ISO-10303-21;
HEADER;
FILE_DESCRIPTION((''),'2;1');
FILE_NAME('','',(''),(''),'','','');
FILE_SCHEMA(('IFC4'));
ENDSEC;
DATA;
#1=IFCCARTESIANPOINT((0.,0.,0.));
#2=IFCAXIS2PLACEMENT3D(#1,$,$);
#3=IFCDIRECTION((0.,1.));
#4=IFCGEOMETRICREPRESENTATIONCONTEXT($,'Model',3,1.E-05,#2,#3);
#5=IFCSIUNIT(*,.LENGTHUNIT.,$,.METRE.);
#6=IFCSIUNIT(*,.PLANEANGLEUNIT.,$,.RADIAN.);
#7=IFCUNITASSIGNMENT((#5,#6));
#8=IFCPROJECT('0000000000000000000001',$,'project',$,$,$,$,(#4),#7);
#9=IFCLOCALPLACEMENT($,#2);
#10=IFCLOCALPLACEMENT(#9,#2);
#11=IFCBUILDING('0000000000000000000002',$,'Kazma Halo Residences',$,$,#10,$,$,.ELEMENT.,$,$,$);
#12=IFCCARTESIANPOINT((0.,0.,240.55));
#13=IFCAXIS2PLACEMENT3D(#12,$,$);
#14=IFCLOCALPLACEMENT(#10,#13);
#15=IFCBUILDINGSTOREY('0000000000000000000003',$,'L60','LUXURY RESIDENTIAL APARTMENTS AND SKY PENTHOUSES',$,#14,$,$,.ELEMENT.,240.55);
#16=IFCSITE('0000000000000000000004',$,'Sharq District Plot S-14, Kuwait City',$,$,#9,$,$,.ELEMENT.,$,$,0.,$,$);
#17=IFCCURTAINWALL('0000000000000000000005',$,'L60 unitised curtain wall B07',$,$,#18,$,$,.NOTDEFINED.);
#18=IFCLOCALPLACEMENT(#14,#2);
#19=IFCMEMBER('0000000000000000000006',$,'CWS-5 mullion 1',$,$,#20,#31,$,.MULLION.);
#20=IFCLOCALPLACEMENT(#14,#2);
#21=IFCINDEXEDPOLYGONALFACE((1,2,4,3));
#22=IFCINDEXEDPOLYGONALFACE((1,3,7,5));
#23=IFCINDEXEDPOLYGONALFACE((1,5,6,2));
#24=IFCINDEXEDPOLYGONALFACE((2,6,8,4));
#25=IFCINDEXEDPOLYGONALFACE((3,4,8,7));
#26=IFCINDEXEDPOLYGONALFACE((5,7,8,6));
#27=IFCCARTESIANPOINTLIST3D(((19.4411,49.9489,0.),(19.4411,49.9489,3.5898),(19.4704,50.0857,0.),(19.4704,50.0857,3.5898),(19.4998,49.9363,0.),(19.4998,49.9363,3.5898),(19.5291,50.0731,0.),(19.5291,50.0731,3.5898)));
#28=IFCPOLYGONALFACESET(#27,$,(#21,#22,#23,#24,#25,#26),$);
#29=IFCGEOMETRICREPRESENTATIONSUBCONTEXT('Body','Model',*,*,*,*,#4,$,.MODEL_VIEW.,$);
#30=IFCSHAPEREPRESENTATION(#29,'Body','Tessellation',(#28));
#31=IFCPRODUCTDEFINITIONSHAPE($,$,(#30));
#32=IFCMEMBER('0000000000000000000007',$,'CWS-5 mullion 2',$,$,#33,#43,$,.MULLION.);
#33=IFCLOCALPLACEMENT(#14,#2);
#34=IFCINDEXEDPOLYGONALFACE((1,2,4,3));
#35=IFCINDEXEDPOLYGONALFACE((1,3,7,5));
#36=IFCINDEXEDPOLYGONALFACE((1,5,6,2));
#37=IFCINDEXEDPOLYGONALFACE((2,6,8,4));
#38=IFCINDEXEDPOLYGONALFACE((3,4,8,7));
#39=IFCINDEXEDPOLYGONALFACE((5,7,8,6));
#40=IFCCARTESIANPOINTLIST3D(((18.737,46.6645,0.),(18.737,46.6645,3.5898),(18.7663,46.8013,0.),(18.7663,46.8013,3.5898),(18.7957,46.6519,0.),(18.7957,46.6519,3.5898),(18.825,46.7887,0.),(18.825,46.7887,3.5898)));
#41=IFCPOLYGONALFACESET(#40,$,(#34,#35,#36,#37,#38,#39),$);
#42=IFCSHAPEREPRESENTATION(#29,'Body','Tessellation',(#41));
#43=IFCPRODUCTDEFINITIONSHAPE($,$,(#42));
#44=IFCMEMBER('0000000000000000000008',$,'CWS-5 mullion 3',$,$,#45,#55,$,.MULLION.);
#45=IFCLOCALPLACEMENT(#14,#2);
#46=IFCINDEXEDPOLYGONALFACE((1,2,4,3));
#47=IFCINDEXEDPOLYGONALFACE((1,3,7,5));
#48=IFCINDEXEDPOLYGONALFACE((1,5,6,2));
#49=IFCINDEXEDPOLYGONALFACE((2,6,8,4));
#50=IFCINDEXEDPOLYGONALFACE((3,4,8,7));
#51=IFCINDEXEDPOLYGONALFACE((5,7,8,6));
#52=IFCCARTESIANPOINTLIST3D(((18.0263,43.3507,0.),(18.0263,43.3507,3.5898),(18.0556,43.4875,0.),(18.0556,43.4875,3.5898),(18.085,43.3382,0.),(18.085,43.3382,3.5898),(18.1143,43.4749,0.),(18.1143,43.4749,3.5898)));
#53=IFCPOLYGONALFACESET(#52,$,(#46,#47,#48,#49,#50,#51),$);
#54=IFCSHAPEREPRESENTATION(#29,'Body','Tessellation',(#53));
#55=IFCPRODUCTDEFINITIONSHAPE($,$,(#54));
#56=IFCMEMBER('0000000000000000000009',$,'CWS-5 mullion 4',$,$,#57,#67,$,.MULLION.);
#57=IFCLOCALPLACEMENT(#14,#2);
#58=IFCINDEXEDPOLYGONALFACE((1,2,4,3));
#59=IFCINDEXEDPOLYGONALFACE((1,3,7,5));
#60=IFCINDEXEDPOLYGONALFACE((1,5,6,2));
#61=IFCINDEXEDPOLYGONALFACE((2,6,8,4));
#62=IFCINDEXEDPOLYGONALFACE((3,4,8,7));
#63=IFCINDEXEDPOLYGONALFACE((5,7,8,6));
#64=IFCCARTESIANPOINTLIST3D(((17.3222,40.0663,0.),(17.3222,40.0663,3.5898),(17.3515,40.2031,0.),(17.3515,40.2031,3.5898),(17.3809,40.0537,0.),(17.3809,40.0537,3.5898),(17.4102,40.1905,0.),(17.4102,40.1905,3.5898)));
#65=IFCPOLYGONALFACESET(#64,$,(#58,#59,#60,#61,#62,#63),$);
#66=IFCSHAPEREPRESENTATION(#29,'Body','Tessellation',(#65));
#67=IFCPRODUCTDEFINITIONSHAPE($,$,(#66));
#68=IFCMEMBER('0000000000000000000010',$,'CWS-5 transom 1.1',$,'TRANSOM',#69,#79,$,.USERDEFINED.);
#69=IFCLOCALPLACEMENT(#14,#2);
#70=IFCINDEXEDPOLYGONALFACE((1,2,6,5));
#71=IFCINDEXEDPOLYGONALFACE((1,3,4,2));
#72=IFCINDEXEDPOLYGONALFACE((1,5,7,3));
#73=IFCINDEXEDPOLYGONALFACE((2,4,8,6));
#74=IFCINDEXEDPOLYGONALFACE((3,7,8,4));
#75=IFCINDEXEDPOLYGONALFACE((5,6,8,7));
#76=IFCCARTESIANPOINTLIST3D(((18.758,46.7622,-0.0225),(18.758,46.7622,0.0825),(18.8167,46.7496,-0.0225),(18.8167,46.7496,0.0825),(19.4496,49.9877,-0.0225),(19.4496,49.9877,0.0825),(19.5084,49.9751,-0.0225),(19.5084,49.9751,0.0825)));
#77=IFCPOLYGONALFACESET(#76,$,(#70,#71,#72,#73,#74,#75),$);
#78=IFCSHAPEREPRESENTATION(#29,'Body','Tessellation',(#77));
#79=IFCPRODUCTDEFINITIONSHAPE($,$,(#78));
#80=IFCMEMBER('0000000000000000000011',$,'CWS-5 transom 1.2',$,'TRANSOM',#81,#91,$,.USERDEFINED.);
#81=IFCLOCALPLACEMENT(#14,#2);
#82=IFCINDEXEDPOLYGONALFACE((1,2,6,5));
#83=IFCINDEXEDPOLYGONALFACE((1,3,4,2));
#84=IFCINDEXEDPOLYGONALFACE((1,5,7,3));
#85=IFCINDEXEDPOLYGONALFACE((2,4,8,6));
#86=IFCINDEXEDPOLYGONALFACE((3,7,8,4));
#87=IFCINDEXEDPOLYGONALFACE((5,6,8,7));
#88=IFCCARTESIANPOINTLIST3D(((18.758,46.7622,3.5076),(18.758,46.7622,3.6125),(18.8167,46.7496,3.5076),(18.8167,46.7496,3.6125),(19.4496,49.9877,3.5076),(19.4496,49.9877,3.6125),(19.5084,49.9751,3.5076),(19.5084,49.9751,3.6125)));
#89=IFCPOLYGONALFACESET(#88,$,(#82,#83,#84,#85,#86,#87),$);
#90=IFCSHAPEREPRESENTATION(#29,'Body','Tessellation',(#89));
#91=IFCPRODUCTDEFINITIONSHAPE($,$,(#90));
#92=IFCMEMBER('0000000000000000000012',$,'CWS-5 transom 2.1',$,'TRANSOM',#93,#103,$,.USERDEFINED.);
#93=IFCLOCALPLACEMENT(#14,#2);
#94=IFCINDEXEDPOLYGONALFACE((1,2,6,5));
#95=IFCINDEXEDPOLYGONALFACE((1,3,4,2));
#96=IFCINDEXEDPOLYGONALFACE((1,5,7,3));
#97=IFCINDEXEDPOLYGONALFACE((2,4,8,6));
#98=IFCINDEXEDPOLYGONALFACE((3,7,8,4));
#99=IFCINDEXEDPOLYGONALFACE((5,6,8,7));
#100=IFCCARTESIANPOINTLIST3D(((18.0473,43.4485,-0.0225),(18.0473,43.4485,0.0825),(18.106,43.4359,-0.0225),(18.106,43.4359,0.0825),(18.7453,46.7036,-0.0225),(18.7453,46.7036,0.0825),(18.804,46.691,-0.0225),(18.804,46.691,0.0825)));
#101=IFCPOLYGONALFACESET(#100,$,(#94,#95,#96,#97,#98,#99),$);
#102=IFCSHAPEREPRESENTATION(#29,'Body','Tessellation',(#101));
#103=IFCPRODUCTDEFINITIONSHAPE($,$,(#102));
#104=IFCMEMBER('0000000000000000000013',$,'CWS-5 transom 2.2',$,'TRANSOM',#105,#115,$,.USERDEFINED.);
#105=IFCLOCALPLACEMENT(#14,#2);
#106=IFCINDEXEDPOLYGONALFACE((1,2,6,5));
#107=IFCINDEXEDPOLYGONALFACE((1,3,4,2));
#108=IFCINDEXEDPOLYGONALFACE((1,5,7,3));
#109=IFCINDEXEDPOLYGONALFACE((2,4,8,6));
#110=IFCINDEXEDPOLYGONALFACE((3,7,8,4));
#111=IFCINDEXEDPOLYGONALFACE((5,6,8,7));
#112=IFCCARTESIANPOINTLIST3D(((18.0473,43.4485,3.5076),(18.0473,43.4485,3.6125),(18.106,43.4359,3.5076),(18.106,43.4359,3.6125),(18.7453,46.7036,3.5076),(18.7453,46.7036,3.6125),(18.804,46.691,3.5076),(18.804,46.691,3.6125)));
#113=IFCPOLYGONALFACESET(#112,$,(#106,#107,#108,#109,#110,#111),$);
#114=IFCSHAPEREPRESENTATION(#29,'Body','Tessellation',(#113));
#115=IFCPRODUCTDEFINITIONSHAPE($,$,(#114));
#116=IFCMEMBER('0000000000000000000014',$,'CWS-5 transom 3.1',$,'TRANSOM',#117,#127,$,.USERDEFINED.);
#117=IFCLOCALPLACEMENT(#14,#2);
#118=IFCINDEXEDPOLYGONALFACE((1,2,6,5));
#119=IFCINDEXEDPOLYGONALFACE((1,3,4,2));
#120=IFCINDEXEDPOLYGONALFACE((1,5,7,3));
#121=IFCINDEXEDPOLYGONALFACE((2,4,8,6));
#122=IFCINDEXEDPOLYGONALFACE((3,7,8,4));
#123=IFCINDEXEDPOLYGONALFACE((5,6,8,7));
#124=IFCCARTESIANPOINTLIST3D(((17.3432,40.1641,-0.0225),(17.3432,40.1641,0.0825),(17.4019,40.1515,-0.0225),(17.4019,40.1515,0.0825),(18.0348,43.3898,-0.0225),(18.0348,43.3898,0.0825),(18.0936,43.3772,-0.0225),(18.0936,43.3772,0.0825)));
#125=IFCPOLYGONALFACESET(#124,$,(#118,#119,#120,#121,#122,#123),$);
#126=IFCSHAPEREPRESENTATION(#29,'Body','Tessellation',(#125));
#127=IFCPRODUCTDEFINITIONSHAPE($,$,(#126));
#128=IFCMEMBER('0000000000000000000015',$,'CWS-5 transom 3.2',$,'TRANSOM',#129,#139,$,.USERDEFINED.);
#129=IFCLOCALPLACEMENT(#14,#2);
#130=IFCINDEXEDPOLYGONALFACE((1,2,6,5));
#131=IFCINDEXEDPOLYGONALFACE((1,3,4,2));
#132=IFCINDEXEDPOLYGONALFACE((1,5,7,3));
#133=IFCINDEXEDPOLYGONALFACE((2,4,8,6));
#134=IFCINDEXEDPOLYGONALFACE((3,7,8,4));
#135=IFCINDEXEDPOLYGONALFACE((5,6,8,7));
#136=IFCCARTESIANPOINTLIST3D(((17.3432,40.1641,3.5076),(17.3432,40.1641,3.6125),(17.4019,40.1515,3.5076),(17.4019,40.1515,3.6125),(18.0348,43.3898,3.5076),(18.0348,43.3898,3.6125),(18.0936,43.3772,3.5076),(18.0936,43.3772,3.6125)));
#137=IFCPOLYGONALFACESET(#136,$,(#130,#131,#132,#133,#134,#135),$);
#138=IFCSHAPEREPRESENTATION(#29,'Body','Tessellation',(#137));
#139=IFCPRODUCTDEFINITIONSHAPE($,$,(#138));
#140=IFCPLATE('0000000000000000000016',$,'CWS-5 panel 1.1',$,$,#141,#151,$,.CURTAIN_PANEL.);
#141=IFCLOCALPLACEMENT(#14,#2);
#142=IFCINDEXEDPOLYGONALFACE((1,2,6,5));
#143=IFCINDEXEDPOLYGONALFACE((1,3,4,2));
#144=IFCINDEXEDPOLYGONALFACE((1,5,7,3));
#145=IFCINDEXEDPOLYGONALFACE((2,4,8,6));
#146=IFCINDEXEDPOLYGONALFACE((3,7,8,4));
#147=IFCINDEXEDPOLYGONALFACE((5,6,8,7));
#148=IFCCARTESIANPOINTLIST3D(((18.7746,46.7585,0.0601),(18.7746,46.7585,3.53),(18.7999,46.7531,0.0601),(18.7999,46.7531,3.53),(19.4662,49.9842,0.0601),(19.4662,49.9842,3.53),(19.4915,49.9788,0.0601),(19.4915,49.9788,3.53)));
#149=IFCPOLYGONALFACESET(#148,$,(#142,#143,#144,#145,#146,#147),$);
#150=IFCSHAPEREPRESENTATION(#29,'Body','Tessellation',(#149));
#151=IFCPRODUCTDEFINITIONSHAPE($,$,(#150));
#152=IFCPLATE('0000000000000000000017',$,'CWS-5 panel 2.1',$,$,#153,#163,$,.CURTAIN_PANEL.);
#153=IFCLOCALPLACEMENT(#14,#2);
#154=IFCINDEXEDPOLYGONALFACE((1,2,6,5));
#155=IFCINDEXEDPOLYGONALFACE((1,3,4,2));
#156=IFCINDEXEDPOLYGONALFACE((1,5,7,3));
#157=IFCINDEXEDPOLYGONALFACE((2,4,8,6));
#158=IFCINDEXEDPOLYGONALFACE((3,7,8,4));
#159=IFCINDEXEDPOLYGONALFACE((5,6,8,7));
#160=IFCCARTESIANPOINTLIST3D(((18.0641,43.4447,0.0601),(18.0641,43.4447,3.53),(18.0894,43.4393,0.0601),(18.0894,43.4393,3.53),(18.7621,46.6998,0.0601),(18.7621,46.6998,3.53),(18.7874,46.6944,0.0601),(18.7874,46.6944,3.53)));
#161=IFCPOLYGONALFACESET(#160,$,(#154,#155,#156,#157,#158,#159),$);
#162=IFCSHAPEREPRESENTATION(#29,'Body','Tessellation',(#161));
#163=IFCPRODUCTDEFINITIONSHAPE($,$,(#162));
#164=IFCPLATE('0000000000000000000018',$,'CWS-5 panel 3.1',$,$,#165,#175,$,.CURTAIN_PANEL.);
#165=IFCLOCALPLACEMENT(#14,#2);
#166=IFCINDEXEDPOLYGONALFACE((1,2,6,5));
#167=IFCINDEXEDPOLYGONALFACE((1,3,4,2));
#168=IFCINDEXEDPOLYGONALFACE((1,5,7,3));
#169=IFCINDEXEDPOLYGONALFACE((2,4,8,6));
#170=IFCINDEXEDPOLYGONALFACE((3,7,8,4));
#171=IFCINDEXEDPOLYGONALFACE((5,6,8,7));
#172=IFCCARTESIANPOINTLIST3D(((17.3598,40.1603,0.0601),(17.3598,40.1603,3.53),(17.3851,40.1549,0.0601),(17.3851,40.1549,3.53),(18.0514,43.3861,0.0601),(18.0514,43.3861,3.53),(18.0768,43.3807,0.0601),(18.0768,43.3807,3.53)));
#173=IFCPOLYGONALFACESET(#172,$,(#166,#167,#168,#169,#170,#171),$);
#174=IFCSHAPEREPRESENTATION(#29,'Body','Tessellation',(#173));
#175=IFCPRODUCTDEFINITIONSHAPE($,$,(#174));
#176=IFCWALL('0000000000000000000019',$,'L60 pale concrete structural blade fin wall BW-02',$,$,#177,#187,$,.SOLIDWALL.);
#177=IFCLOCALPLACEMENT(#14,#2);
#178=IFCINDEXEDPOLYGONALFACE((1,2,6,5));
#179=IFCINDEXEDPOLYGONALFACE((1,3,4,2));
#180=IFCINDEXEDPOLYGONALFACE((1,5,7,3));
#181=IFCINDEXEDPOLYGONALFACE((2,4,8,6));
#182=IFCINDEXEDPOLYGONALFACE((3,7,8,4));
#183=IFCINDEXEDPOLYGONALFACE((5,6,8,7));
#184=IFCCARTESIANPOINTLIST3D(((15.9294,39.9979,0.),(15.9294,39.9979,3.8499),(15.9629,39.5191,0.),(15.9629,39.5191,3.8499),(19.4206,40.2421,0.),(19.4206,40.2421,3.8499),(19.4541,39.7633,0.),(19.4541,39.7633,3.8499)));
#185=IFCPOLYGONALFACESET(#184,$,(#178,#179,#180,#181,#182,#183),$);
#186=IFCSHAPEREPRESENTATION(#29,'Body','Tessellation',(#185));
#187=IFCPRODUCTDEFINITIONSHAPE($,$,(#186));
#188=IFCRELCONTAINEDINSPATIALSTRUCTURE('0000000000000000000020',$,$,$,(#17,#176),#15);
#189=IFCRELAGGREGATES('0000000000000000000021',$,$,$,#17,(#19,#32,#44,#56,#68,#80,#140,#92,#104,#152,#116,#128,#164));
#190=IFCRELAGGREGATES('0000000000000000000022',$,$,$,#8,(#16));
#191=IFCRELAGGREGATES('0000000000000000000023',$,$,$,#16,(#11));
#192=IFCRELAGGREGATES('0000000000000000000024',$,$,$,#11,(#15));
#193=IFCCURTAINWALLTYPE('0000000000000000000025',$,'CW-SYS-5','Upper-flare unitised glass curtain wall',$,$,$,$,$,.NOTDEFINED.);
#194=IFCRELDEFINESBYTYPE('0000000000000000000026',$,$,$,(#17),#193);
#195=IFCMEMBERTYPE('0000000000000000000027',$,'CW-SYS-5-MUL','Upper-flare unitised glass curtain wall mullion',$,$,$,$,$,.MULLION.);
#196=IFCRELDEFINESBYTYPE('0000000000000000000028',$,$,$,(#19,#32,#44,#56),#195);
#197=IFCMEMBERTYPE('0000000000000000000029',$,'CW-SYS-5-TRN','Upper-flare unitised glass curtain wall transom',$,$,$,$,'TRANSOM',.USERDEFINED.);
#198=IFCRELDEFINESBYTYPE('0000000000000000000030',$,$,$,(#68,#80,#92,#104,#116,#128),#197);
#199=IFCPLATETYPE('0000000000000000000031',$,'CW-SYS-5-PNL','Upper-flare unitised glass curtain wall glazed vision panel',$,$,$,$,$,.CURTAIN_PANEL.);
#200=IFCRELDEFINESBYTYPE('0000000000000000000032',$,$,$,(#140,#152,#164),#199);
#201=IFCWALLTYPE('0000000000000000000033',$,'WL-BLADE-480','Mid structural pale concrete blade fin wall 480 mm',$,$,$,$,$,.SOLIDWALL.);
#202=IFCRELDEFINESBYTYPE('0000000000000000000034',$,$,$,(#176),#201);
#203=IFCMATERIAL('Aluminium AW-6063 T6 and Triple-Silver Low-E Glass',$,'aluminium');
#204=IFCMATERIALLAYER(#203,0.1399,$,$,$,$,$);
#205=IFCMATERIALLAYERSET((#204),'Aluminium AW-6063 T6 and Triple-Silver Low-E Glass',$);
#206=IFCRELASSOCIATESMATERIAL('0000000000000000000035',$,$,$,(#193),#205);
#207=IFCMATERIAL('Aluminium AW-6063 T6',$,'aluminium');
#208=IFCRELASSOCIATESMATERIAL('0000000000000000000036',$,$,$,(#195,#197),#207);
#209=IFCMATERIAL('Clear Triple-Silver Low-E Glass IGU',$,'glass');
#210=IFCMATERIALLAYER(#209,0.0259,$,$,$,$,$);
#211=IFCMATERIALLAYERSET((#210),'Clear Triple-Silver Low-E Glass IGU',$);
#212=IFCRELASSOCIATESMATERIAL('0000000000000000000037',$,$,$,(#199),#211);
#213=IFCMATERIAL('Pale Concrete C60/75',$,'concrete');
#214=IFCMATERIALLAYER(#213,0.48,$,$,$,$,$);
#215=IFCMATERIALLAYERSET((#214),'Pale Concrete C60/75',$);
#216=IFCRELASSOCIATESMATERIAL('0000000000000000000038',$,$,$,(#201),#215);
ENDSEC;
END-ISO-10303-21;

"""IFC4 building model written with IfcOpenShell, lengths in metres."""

from ifc_helpers import new_model, si_unit, direction, frame, frame_2d, origin, origin_2d, place, context, subcontext, project, spatial, rectangle, extrude, material, layer, layer_set, material_profile, profile_set, type_object, element, aggregate, save


model = new_model("IFC4")

# Units and contexts
model_context = context("Model", 3, precision=1e-05, world=origin(), true_north=direction((0.0, 1.0)))
body_context = subcontext(model_context, "Body", "Model", "MODEL_VIEW")
ifc_project = project(units=[si_unit("LENGTHUNIT", "METRE"), si_unit("PLANEANGLEUNIT", "RADIAN")], contexts=[model_context])

# Site, building, storey
site_placement = place(None, origin())
site = spatial("IfcSite", under=ifc_project, at=site_placement, Name="Sharq District Plot S-14, Kuwait City", CompositionType="ELEMENT", RefElevation=0.0)
building_placement = place(site_placement, origin())
building = spatial("IfcBuilding", under=site, at=building_placement, Name="Kazma Halo Residences", CompositionType="ELEMENT")
storey_placement = place(building_placement, frame((0.0, 0.0, 240.55)))
storey = spatial("IfcBuildingStorey", under=building, at=storey_placement, Name="L60", Description="LUXURY RESIDENTIAL APARTMENTS AND SKY PENTHOUSES", CompositionType="ELEMENT", Elevation=240.55)

# Curtain wall, members, plates
ifc_material_1 = material(Name="Aluminium AW-6063 T6 and Triple-Silver Low-E Glass", Category="aluminium")
ifc_layer_1 = layer(ifc_material_1, 0.1399)
ifc_layer_set_1 = layer_set([ifc_layer_1], Name="Aluminium AW-6063 T6 and Triple-Silver Low-E Glass")
curtain_wall_type = type_object("IfcCurtainWallType", Name="CW-SYS-5", Description="Upper-flare unitised glass curtain wall", PredefinedType="NOTDEFINED", material=ifc_layer_set_1)
curtain_wall_placement = place(storey_placement, origin())
curtain_wall = element("IfcCurtainWall", 1, at=curtain_wall_placement, inside=storey, type_object=curtain_wall_type, Name="L60 unitised curtain wall B07", PredefinedType="NOTDEFINED")
ifc_material_2 = material(Name="Aluminium AW-6063 T6", Category="aluminium")
ifc_material_profile_1 = material_profile(ifc_material_2, rectangle(XDim=0.0601, YDim=0.1399, at=origin_2d()), Name="CWM-60x140")
ifc_profile_set_1 = profile_set([ifc_material_profile_1], Name="Aluminium AW-6063 T6")
member_type_1 = type_object("IfcMemberType", Name="CW-SYS-5-MUL", Description="Upper-flare unitised glass curtain wall mullion", PredefinedType="MULLION", material=ifc_profile_set_1)
member_1_placement = place(storey_placement, frame((19.4851, 50.011, 0.0), z_axis=(0.0, 0.0, 1.0), x_axis=(0.977775, -0.209657, 0.0)))
member_1 = element("IfcMember", 2, at=member_1_placement, type_object=member_type_1, Name="CWS-5 mullion 1", PredefinedType="MULLION", context=body_context, shape_type="SweptSolid", body=[
    extrude(rectangle(XDim=0.0601, YDim=0.1399, at=origin_2d()), origin(), (0.0, 0.0, 1.0), 3.5898),
])
member_2_placement = place(storey_placement, frame((18.781, 46.7266, 0.0), z_axis=(0.0, 0.0, 1.0), x_axis=(0.977775, -0.209657, 0.0)))
member_2 = element("IfcMember", 3, at=member_2_placement, type_object=member_type_1, Name="CWS-5 mullion 2", PredefinedType="MULLION", context=body_context, shape_type="SweptSolid", body=[
    extrude(rectangle(XDim=0.0601, YDim=0.1399, at=origin_2d()), origin(), (0.0, 0.0, 1.0), 3.5898),
])
member_3_placement = place(storey_placement, frame((18.0703, 43.4128, 0.0), z_axis=(0.0, 0.0, 1.0), x_axis=(0.977775, -0.209657, 0.0)))
member_3 = element("IfcMember", 4, at=member_3_placement, type_object=member_type_1, Name="CWS-5 mullion 3", PredefinedType="MULLION", context=body_context, shape_type="SweptSolid", body=[
    extrude(rectangle(XDim=0.0601, YDim=0.1399, at=origin_2d()), origin(), (0.0, 0.0, 1.0), 3.5898),
])
member_4_placement = place(storey_placement, frame((17.3662, 40.1284, 0.0), z_axis=(0.0, 0.0, 1.0), x_axis=(0.977775, -0.209657, 0.0)))
member_4 = element("IfcMember", 5, at=member_4_placement, type_object=member_type_1, Name="CWS-5 mullion 4", PredefinedType="MULLION", context=body_context, shape_type="SweptSolid", body=[
    extrude(rectangle(XDim=0.0601, YDim=0.1399, at=origin_2d()), origin(), (0.0, 0.0, 1.0), 3.5898),
])
ifc_material_profile_2 = material_profile(ifc_material_2, rectangle(XDim=0.0601, YDim=0.105, at=origin_2d()), Name="CWT-60x105")
ifc_profile_set_2 = profile_set([ifc_material_profile_2], Name="Aluminium AW-6063 T6")
member_type_2 = type_object("IfcMemberType", Name="CW-SYS-5-TRN", Description="Upper-flare unitised glass curtain wall transom", ElementType="TRANSOM", PredefinedType="USERDEFINED", material=ifc_profile_set_2)
member_5_placement = place(storey_placement, frame((19.479, 49.9814, 0.03), z_axis=(-0.20966, -0.977774, 0.0), x_axis=(0.977774, -0.20966, 0.0)))
member_5 = element("IfcMember", 6, at=member_5_placement, type_object=member_type_2, Name="CWS-5 transom 1.1", ObjectType="TRANSOM", PredefinedType="USERDEFINED", context=body_context, shape_type="SweptSolid", body=[
    extrude(rectangle(XDim=0.0601, YDim=0.105, at=origin_2d()), origin(), (0.0, 0.0, 1.0), 3.2988),
])
member_6_placement = place(storey_placement, frame((19.479, 49.9814, 3.5601), z_axis=(-0.20966, -0.977774, 0.0), x_axis=(0.977774, -0.20966, 0.0)))
member_6 = element("IfcMember", 7, at=member_6_placement, type_object=member_type_2, Name="CWS-5 transom 1.2", ObjectType="TRANSOM", PredefinedType="USERDEFINED", context=body_context, shape_type="SweptSolid", body=[
    extrude(rectangle(XDim=0.0601, YDim=0.105, at=origin_2d()), origin(), (0.0, 0.0, 1.0), 3.2988),
])
member_7_placement = place(storey_placement, frame((18.7747, 46.6973, 0.03), z_axis=(-0.209664, -0.977773, 0.0), x_axis=(0.977773, -0.209664, 0.0)))
member_7 = element("IfcMember", 8, at=member_7_placement, type_object=member_type_2, Name="CWS-5 transom 2.1", ObjectType="TRANSOM", PredefinedType="USERDEFINED", context=body_context, shape_type="SweptSolid", body=[
    extrude(rectangle(XDim=0.0601, YDim=0.105, at=origin_2d()), origin(), (0.0, 0.0, 1.0), 3.3291),
])
member_8_placement = place(storey_placement, frame((18.7747, 46.6973, 3.5601), z_axis=(-0.209664, -0.977773, 0.0), x_axis=(0.977773, -0.209664, 0.0)))
member_8 = element("IfcMember", 9, at=member_8_placement, type_object=member_type_2, Name="CWS-5 transom 2.2", ObjectType="TRANSOM", PredefinedType="USERDEFINED", context=body_context, shape_type="SweptSolid", body=[
    extrude(rectangle(XDim=0.0601, YDim=0.105, at=origin_2d()), origin(), (0.0, 0.0, 1.0), 3.3291),
])
member_9_placement = place(storey_placement, frame((18.0642, 43.3835, 0.03), z_axis=(-0.209645, -0.977777, 0.0), x_axis=(0.977777, -0.209645, 0.0)))
member_9 = element("IfcMember", 10, at=member_9_placement, type_object=member_type_2, Name="CWS-5 transom 3.1", ObjectType="TRANSOM", PredefinedType="USERDEFINED", context=body_context, shape_type="SweptSolid", body=[
    extrude(rectangle(XDim=0.0601, YDim=0.105, at=origin_2d()), origin(), (0.0, 0.0, 1.0), 3.2991),
])
member_10_placement = place(storey_placement, frame((18.0642, 43.3835, 3.5601), z_axis=(-0.209645, -0.977777, 0.0), x_axis=(0.977777, -0.209645, 0.0)))
member_10 = element("IfcMember", 11, at=member_10_placement, type_object=member_type_2, Name="CWS-5 transom 3.2", ObjectType="TRANSOM", PredefinedType="USERDEFINED", context=body_context, shape_type="SweptSolid", body=[
    extrude(rectangle(XDim=0.0601, YDim=0.105, at=origin_2d()), origin(), (0.0, 0.0, 1.0), 3.2991),
])
ifc_material_3 = material(Name="Clear Triple-Silver Low-E Glass IGU", Category="glass")
ifc_layer_2 = layer(ifc_material_3, 0.0259)
ifc_layer_set_2 = layer_set([ifc_layer_2], Name="Clear Triple-Silver Low-E Glass IGU")
plate_type = type_object("IfcPlateType", Name="CW-SYS-5-PNL", Description="Upper-flare unitised glass curtain wall glazed vision panel", PredefinedType="CURTAIN_PANEL", material=ifc_layer_set_2)
plate_1_placement = place(storey_placement, frame((19.1331, 48.3687, 0.0601), z_axis=(0.0, 0.0, 1.0), x_axis=(-0.209657, -0.977775, 0.0)))
plate_1 = element("IfcPlate", 12, at=plate_1_placement, type_object=plate_type, Name="CWS-5 panel 1.1", PredefinedType="CURTAIN_PANEL", context=body_context, shape_type="SweptSolid", body=[
    extrude(rectangle(XDim=3.2991, YDim=0.0259, at=origin_2d()), origin(), (0.0, 0.0, 1.0), 3.47),
])
plate_2_placement = place(storey_placement, frame((18.4258, 45.0696, 0.0601), z_axis=(0.0, 0.0, 1.0), x_axis=(-0.209657, -0.977775, 0.0)))
plate_2 = element("IfcPlate", 13, at=plate_2_placement, type_object=plate_type, Name="CWS-5 panel 2.1", PredefinedType="CURTAIN_PANEL", context=body_context, shape_type="SweptSolid", body=[
    extrude(rectangle(XDim=3.3291, YDim=0.0259, at=origin_2d()), origin(), (0.0, 0.0, 1.0), 3.47),
])
plate_3_placement = place(storey_placement, frame((17.7183, 41.7705, 0.0601), z_axis=(0.0, 0.0, 1.0), x_axis=(-0.209657, -0.977775, 0.0)))
plate_3 = element("IfcPlate", 14, at=plate_3_placement, type_object=plate_type, Name="CWS-5 panel 3.1", PredefinedType="CURTAIN_PANEL", context=body_context, shape_type="SweptSolid", body=[
    extrude(rectangle(XDim=3.2991, YDim=0.0259, at=origin_2d()), origin(), (0.0, 0.0, 1.0), 3.47),
])
aggregate(curtain_wall, [member_1, member_2, member_3, member_4, member_5, member_6, plate_1, member_7, member_8, plate_2, member_9, member_10, plate_3])

# Wall
ifc_material_4 = material(Name="Pale Concrete C60/75", Category="concrete")
ifc_layer_3 = layer(ifc_material_4, 0.48)
ifc_layer_set_3 = layer_set([ifc_layer_3], Name="Pale Concrete C60/75")
wall_type_1 = type_object("IfcWallType", Name="WL-BLADE-480", Description="Mid structural pale concrete blade fin wall 480 mm", PredefinedType="SOLIDWALL", material=ifc_layer_set_3)
wall_1_placement = place(storey_placement, frame((19.4375, 40.0027, 0.0), z_axis=(0.0, 0.0, 1.0), x_axis=(-0.997564, -0.06976, 0.0)))
element("IfcWall", 15, at=wall_1_placement, inside=storey, type_object=wall_type_1, Name="L60 pale concrete structural blade fin wall BW-02", PredefinedType="SOLIDWALL", context=body_context, shape_type="SweptSolid", body=[
    extrude(rectangle(XDim=3.4998, YDim=0.48, at=frame_2d((1.75, 0.0))), origin(), (0.0, 0.0, 1.0), 3.8499),
])

save(model, "model.ifc")
